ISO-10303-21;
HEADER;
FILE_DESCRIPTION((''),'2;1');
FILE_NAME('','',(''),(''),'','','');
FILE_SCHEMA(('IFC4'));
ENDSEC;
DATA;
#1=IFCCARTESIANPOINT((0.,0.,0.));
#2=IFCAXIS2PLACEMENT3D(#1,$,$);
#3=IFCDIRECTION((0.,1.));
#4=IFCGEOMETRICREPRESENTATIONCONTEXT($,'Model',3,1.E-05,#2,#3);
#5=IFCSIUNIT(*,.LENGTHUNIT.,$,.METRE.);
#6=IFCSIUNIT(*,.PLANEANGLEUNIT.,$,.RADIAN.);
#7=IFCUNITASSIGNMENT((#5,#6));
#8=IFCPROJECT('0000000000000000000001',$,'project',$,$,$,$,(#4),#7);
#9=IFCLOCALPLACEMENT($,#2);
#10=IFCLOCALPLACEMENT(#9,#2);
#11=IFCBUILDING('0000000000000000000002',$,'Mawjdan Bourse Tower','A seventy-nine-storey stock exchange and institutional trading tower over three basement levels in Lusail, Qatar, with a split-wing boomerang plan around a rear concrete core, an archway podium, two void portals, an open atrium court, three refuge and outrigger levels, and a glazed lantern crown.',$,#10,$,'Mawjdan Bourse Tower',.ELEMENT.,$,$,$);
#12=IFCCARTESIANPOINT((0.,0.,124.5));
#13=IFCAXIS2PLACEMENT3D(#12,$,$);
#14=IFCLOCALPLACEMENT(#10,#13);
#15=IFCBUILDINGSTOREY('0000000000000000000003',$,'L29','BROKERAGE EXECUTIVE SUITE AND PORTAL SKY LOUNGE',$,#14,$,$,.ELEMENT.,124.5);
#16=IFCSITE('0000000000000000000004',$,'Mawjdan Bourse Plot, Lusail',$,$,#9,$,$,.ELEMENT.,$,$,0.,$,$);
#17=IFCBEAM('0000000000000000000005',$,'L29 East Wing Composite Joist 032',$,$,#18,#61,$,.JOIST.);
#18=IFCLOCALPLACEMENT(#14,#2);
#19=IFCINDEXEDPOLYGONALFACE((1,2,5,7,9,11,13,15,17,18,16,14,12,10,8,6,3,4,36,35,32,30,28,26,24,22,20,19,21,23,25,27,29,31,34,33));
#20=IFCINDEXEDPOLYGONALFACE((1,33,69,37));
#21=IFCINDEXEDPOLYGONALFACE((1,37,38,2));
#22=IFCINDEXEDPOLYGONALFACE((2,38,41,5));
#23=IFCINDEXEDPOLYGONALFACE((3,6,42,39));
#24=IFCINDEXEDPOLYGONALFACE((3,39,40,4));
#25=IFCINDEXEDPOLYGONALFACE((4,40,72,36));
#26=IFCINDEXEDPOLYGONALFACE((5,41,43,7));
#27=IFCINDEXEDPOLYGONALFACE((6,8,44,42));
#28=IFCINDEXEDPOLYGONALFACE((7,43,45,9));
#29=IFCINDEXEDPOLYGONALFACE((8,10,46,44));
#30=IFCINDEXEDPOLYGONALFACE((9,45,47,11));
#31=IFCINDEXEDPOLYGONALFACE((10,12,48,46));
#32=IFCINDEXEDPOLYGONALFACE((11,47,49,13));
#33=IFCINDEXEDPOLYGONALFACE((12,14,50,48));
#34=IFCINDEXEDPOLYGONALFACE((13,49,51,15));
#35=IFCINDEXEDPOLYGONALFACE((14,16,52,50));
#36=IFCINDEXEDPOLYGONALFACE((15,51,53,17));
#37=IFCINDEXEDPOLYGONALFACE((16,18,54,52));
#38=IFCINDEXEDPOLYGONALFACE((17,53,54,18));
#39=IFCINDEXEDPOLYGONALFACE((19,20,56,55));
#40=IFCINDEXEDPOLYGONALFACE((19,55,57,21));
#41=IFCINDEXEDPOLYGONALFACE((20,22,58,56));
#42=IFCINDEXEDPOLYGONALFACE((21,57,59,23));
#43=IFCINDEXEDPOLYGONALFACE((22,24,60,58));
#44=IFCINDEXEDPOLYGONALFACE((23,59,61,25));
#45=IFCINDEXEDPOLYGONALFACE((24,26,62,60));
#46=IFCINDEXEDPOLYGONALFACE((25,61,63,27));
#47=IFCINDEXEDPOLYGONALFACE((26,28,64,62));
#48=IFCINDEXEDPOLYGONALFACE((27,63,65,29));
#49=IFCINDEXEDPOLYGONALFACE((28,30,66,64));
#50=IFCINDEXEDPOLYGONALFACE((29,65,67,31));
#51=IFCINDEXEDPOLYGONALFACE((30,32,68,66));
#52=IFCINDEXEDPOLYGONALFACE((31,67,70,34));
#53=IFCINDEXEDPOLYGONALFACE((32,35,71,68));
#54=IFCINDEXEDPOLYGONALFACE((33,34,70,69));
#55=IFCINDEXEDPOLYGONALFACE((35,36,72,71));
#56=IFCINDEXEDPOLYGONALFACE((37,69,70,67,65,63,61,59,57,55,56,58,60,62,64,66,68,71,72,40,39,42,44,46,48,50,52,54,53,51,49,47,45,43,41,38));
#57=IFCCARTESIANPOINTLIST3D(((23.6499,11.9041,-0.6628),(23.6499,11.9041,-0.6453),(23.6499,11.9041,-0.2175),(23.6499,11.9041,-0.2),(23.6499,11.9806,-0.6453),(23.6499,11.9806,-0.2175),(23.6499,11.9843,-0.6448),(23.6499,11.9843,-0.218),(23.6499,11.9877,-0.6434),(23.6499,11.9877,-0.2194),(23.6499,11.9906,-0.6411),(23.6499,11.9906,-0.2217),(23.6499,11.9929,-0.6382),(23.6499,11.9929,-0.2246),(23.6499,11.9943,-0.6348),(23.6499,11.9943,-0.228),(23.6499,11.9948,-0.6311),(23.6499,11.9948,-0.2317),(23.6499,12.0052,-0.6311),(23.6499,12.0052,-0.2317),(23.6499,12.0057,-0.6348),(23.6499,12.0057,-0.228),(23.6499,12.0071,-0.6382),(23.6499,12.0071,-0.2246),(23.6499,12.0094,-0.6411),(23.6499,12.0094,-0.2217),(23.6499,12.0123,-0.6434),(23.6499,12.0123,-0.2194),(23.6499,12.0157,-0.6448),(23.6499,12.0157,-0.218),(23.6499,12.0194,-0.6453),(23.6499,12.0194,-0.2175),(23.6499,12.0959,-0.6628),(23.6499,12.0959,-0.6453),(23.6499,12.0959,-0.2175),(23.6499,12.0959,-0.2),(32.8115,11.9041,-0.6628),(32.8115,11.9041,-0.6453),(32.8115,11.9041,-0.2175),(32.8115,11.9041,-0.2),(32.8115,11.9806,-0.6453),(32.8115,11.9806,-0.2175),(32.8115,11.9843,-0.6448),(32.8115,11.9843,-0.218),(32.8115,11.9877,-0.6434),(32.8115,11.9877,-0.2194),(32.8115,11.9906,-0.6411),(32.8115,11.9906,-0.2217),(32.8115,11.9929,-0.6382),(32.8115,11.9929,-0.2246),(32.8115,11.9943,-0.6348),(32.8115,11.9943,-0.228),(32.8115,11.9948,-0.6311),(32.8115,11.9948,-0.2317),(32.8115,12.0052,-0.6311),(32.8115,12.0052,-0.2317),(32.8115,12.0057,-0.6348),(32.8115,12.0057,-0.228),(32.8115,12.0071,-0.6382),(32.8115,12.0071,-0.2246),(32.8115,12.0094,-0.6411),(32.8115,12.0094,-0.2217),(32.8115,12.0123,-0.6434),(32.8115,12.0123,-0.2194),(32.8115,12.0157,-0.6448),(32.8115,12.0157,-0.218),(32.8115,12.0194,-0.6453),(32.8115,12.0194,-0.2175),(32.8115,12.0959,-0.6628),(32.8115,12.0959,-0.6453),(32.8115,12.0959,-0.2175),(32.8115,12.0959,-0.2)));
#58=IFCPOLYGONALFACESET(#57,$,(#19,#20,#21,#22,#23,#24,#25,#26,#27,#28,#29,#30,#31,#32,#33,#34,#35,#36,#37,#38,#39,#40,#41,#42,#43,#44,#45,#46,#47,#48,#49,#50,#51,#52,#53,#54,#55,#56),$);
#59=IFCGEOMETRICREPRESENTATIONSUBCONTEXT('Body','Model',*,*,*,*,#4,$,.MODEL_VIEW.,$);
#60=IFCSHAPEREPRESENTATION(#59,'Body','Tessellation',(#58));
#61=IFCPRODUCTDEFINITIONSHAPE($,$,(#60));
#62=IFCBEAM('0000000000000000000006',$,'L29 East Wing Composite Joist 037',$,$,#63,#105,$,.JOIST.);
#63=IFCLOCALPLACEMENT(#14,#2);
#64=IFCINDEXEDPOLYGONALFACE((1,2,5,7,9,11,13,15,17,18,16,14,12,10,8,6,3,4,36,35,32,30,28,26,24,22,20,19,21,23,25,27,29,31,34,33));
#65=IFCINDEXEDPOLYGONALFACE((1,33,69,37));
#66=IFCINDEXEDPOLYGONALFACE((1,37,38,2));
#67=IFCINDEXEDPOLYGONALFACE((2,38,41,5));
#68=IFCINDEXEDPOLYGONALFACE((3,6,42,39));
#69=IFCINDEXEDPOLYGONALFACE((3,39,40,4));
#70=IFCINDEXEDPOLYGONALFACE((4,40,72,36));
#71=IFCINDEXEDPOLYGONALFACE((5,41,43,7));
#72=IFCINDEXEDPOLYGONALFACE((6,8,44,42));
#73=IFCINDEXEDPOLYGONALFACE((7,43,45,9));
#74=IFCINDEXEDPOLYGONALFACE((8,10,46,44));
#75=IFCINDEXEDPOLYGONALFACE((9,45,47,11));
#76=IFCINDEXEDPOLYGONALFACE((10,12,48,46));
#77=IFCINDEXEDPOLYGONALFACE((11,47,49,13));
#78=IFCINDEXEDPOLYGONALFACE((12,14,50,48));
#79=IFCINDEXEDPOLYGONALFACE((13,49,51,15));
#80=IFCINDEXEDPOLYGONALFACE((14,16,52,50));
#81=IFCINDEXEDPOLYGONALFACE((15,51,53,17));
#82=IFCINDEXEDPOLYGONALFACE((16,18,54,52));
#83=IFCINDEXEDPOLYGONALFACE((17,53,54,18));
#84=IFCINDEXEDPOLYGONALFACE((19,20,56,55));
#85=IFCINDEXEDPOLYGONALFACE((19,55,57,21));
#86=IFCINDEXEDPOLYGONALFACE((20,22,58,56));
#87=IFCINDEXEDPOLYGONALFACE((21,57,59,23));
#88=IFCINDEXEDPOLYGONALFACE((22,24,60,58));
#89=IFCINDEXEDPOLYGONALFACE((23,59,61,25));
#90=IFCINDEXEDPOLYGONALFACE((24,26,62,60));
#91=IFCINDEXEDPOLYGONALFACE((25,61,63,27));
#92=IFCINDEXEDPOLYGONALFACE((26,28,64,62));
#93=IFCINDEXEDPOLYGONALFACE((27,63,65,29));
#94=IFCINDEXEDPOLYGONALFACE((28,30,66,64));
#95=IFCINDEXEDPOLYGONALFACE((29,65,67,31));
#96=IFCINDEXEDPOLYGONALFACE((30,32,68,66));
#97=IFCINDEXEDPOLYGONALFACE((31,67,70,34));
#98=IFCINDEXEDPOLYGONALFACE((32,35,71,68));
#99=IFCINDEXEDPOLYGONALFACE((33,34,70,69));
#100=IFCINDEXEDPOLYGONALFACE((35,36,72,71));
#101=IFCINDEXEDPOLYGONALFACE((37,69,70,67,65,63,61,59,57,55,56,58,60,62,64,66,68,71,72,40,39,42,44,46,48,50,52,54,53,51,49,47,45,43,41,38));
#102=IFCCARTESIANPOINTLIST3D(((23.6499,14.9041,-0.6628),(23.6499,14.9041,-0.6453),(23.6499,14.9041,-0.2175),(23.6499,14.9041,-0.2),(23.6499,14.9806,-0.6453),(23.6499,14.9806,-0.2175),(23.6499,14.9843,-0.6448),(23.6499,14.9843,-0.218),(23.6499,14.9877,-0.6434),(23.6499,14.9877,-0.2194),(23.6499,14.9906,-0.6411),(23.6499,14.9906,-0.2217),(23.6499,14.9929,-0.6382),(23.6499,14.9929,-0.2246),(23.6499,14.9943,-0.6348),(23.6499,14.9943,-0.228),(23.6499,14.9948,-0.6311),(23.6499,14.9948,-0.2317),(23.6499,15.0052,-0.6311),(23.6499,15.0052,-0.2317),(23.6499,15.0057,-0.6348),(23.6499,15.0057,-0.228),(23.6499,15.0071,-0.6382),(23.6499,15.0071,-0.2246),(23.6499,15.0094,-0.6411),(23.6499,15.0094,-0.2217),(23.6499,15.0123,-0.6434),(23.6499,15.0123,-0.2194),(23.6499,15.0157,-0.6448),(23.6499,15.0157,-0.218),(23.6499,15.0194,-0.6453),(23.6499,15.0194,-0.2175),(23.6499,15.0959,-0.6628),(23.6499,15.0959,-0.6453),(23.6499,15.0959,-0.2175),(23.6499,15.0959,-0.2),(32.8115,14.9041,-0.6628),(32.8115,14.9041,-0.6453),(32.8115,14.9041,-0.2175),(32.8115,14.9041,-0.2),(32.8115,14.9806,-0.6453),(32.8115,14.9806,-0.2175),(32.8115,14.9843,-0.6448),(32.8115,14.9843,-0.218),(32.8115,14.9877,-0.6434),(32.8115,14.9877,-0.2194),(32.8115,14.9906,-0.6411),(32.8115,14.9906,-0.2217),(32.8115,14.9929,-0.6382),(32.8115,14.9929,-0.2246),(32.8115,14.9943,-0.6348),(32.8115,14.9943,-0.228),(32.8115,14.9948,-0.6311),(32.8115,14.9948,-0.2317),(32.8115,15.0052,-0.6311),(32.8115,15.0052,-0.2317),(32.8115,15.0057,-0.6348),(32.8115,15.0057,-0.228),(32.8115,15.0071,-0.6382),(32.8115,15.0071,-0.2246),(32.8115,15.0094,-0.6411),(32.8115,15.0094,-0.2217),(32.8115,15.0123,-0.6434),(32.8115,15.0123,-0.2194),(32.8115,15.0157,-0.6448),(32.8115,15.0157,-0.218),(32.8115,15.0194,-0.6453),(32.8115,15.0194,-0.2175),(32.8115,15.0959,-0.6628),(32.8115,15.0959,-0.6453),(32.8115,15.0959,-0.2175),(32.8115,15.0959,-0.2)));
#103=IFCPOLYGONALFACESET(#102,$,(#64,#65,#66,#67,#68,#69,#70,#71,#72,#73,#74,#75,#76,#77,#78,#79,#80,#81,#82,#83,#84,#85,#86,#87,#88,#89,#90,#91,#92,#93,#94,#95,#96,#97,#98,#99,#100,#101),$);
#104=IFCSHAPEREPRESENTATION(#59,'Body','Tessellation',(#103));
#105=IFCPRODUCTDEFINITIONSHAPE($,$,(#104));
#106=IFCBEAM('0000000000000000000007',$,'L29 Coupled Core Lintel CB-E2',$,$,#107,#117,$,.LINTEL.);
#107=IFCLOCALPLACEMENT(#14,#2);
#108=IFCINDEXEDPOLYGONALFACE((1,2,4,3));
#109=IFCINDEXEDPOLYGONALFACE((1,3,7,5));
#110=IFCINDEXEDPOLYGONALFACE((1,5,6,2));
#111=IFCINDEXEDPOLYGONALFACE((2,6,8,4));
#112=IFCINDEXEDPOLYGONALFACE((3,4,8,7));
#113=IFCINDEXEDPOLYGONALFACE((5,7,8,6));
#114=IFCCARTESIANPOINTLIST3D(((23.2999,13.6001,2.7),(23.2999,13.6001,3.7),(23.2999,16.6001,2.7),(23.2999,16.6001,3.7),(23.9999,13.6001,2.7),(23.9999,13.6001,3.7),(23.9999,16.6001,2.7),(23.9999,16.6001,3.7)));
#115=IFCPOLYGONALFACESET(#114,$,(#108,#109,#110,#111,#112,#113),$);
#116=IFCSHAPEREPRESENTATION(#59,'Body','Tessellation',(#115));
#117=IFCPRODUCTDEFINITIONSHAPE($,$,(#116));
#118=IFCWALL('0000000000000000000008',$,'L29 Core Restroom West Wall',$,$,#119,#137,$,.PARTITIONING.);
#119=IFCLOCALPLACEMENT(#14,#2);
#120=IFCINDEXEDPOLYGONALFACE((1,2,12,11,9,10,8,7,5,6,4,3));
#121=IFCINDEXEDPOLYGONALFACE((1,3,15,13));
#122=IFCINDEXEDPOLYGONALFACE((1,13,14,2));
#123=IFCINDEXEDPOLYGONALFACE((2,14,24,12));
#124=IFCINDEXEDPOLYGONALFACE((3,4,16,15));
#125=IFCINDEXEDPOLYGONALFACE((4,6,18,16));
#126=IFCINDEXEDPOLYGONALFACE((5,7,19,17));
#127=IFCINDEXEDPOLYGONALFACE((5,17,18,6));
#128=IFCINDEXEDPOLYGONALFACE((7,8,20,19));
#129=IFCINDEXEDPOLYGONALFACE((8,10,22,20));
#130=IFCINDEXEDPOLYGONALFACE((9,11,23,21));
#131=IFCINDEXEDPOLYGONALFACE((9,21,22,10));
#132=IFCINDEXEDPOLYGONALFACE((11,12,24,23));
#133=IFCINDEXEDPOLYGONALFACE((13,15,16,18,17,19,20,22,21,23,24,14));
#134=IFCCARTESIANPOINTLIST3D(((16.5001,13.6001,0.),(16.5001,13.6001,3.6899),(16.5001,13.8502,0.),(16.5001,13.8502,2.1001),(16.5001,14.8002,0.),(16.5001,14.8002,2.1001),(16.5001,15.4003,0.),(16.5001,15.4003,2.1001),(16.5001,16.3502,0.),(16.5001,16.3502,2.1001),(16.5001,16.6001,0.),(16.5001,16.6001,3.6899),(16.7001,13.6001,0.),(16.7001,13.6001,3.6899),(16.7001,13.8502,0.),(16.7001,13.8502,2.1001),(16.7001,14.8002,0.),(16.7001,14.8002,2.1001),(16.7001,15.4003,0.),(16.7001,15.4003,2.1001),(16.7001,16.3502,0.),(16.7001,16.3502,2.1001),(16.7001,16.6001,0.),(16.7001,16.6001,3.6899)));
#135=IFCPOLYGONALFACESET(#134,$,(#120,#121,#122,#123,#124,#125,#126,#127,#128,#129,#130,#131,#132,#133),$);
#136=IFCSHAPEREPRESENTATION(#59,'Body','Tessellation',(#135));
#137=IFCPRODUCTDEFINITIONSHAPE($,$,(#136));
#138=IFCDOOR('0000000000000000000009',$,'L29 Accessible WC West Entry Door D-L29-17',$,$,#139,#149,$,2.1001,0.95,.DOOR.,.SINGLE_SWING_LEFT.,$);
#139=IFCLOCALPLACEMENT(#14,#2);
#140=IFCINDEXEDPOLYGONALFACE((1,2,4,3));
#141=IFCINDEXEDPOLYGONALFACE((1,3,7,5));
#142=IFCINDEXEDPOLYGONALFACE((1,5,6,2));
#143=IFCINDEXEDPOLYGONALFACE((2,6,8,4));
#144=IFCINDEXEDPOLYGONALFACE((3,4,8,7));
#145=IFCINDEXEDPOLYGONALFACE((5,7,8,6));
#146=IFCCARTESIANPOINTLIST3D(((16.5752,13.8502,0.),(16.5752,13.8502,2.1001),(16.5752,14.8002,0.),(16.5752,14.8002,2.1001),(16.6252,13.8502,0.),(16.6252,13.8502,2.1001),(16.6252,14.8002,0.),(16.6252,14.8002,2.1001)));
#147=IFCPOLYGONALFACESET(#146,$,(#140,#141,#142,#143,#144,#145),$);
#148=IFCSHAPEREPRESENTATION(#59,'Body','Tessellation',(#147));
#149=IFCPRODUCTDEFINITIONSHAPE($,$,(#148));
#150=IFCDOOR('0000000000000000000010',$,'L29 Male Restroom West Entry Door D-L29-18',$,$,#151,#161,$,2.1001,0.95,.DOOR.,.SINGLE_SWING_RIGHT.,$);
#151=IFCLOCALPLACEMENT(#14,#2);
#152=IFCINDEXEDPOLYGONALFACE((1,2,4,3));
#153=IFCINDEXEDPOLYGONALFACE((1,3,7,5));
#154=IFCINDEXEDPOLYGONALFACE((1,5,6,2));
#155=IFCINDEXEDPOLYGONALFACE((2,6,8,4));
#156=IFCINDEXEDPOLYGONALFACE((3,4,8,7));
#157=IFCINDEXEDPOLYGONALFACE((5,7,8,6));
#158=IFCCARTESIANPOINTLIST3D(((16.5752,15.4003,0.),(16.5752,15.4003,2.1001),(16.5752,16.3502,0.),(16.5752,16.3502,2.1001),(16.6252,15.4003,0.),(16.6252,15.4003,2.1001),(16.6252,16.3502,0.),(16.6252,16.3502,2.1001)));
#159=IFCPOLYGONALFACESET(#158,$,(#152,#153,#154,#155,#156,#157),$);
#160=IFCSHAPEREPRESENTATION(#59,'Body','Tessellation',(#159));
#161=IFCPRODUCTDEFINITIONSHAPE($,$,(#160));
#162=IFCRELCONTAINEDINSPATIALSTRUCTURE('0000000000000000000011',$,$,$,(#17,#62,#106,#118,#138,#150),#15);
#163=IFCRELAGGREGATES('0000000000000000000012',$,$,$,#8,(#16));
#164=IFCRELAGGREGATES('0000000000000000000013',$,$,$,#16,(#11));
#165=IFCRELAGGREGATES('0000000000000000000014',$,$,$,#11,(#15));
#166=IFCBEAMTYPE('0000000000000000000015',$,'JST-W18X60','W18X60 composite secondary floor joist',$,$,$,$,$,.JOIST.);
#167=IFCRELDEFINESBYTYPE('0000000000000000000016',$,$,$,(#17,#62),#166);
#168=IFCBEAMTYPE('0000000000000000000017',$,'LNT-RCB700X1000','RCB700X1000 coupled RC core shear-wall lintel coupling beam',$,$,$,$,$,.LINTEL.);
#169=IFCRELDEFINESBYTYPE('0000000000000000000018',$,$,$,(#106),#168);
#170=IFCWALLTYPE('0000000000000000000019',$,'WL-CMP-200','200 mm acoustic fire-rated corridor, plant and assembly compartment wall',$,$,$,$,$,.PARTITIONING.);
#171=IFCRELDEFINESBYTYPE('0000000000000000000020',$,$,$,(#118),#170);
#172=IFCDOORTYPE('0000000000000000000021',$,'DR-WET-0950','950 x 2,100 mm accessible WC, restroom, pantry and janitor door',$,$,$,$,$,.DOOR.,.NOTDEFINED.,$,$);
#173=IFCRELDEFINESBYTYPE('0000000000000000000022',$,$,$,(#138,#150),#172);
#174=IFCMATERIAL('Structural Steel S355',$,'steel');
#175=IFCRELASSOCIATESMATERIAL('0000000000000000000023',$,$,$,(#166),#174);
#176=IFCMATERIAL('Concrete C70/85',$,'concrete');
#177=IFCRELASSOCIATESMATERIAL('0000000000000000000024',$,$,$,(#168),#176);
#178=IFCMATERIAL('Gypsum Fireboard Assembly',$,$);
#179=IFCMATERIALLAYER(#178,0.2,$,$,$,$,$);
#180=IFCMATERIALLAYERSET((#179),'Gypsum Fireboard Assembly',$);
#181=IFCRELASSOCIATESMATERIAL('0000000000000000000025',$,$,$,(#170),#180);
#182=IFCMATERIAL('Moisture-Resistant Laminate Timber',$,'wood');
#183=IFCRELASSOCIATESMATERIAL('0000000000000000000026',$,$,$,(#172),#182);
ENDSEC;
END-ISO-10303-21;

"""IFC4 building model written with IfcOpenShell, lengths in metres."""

from ifc_helpers import new_model, si_unit, direction, frame, frame_2d, origin, origin_2d, place, context, subcontext, project, spatial, rectangle, i_section, extrude, material, layer, layer_set, material_profile, profile_set, type_object, element, fill, save


model = new_model("IFC4")

# Units and contexts
model_context = context("Model", 3, precision=1e-05, world=origin(), true_north=direction((0.0, 1.0)))
body_context = subcontext(model_context, "Body", "Model", "MODEL_VIEW")
ifc_project = project(units=[si_unit("LENGTHUNIT", "METRE"), si_unit("PLANEANGLEUNIT", "RADIAN")], contexts=[model_context])

# Site, building, storey
site_placement = place(None, origin())
site = spatial("IfcSite", under=ifc_project, at=site_placement, Name="Mawjdan Bourse Plot, Lusail", CompositionType="ELEMENT", RefElevation=0.0)
building_placement = place(site_placement, origin())
building = spatial("IfcBuilding", under=site, at=building_placement, Name="Mawjdan Bourse Tower", Description="A seventy-nine-storey stock exchange and institutional trading tower over three basement levels in Lusail, Qatar, with a split-wing boomerang plan around a rear concrete core, an archway podium, two void portals, an open atrium court, three refuge and outrigger levels, and a glazed lantern crown.", LongName="Mawjdan Bourse Tower", CompositionType="ELEMENT")
storey_placement = place(building_placement, frame((0.0, 0.0, 124.5)))
storey = spatial("IfcBuildingStorey", under=building, at=storey_placement, Name="L29", Description="BROKERAGE EXECUTIVE SUITE AND PORTAL SKY LOUNGE", CompositionType="ELEMENT", Elevation=124.5)

# Beams
ifc_material_1 = material(Name="Structural Steel S355", Category="steel")
ifc_material_profile_1 = material_profile(ifc_material_1, i_section(OverallWidth=0.1919, OverallDepth=0.4629, WebThickness=0.0105, FlangeThickness=0.0176, FilletRadius=0.0142, at=origin_2d()), Name="W18X60")
ifc_profile_set_1 = profile_set([ifc_material_profile_1], Name="Structural Steel S355")
beam_type_1 = type_object("IfcBeamType", Name="JST-W18X60", Description="W18X60 composite secondary floor joist", PredefinedType="JOIST", material=ifc_profile_set_1)
for number, where, z_axis, x_axis, name in (
    (1, (23.6499, 12.0, -0.4314), (1.0, 0.0, 0.0), (0.0, 1.0, 0.0), "L29 East Wing Composite Joist 032"),
    (2, (23.6499, 15.0, -0.4314), (1.0, 0.0, 0.0), (0.0, 1.0, 0.0), "L29 East Wing Composite Joist 037"),
):
    element("IfcBeam", number, at=place(storey_placement, frame(where, z_axis=z_axis, x_axis=x_axis)), inside=storey, type_object=beam_type_1, Name=name, PredefinedType="JOIST", context=body_context, shape_type="SweptSolid", body=[
        extrude(i_section(OverallWidth=0.1919, OverallDepth=0.4629, WebThickness=0.0105, FlangeThickness=0.0176, FilletRadius=0.0142, at=origin_2d()), origin(), (0.0, 0.0, 1.0), 9.1616),
    ])
ifc_material_2 = material(Name="Concrete C70/85", Category="concrete")
ifc_material_profile_2 = material_profile(ifc_material_2, rectangle(XDim=0.7, YDim=1.0, at=origin_2d()), Name="RCB700X1000")
ifc_profile_set_2 = profile_set([ifc_material_profile_2], Name="Concrete C70/85")
beam_type_2 = type_object("IfcBeamType", Name="LNT-RCB700X1000", Description="RCB700X1000 coupled RC core shear-wall lintel coupling beam", PredefinedType="LINTEL", material=ifc_profile_set_2)
beam_placement = place(storey_placement, frame((23.6499, 13.6001, 3.2), z_axis=(0.0, 1.0, 0.0), x_axis=(-1.0, 0.0, 0.0)))
element("IfcBeam", 3, at=beam_placement, inside=storey, type_object=beam_type_2, Name="L29 Coupled Core Lintel CB-E2", PredefinedType="LINTEL", context=body_context, shape_type="SweptSolid", body=[
    extrude(rectangle(XDim=0.7, YDim=1.0, at=origin_2d()), origin(), (0.0, 0.0, 1.0), 3.0),
])

# Wall, openings, doors
ifc_material_3 = material(Name="Gypsum Fireboard Assembly")
ifc_layer_1 = layer(ifc_material_3, 0.2)
ifc_layer_set_1 = layer_set([ifc_layer_1], Name="Gypsum Fireboard Assembly")
wall_type_1 = type_object("IfcWallType", Name="WL-CMP-200", Description="200 mm acoustic fire-rated corridor, plant and assembly compartment wall", PredefinedType="PARTITIONING", material=ifc_layer_set_1)
wall_1_placement = place(storey_placement, frame((16.6001, 13.6001, 0.0), z_axis=(0.0, 0.0, 1.0), x_axis=(0.0, 1.0, 0.0)))
wall_1 = element("IfcWall", 4, at=wall_1_placement, inside=storey, type_object=wall_type_1, Name="L29 Core Restroom West Wall", PredefinedType="PARTITIONING", context=body_context, shape_type="SweptSolid", body=[
    extrude(rectangle(XDim=3.0, YDim=0.2, at=frame_2d((1.5, 0.0))), origin(), (0.0, 0.0, 1.0), 3.6899),
])
opening_1_placement = place(wall_1_placement, frame((0.25, 0.0, 0.0)))
opening_1 = element("IfcOpeningElement", 5, at=opening_1_placement, cuts=wall_1, PredefinedType="OPENING", context=body_context, shape_type="SweptSolid", body=[
    extrude(rectangle(XDim=0.95, YDim=2.1001, at=frame_2d((0.4751, 1.05))), frame((0.0, 0.1099, 0.0), z_axis=(0.0, -1.0, 0.0), x_axis=(1.0, 0.0, 0.0)), (0.0, 0.0, 1.0), 0.22),
])
opening_2_placement = place(wall_1_placement, frame((1.8, 0.0, 0.0)))
opening_2 = element("IfcOpeningElement", 6, at=opening_2_placement, cuts=wall_1, PredefinedType="OPENING", context=body_context, shape_type="SweptSolid", body=[
    extrude(rectangle(XDim=0.95, YDim=2.1001, at=frame_2d((0.4751, 1.05))), frame((0.0, 0.1099, 0.0), z_axis=(0.0, -1.0, 0.0), x_axis=(1.0, 0.0, 0.0)), (0.0, 0.0, 1.0), 0.22),
])
ifc_material_4 = material(Name="Moisture-Resistant Laminate Timber", Category="wood")
door_type_1 = type_object("IfcDoorType", Name="DR-WET-0950", Description="950 x 2,100 mm accessible WC, restroom, pantry and janitor door", OperationType="NOTDEFINED", PredefinedType="DOOR", material=ifc_material_4)
door_1_placement = place(opening_1_placement, origin())
door_1 = element("IfcDoor", 7, at=door_1_placement, inside=storey, type_object=door_type_1, Name="L29 Accessible WC West Entry Door D-L29-17", OperationType="SINGLE_SWING_LEFT", OverallHeight=2.1001, OverallWidth=0.95, PredefinedType="DOOR", context=body_context, shape_type="SweptSolid", body=[
    extrude(rectangle(XDim=0.95, YDim=2.1001, at=frame_2d((0.4751, 1.05))), frame((0.0, 0.0249, 0.0), z_axis=(0.0, -1.0, 0.0), x_axis=(1.0, 0.0, 0.0)), (0.0, 0.0, 1.0), 0.05),
])
fill(opening_1, door_1)
door_2_placement = place(opening_2_placement, origin())
door_2 = element("IfcDoor", 8, at=door_2_placement, inside=storey, type_object=door_type_1, Name="L29 Male Restroom West Entry Door D-L29-18", OperationType="SINGLE_SWING_RIGHT", OverallHeight=2.1001, OverallWidth=0.95, PredefinedType="DOOR", context=body_context, shape_type="SweptSolid", body=[
    extrude(rectangle(XDim=0.95, YDim=2.1001, at=frame_2d((0.4751, 1.05))), frame((0.0, 0.0249, 0.0), z_axis=(0.0, -1.0, 0.0), x_axis=(1.0, 0.0, 0.0)), (0.0, 0.0, 1.0), 0.05),
])
fill(opening_2, door_2)

save(model, "model.ifc")
